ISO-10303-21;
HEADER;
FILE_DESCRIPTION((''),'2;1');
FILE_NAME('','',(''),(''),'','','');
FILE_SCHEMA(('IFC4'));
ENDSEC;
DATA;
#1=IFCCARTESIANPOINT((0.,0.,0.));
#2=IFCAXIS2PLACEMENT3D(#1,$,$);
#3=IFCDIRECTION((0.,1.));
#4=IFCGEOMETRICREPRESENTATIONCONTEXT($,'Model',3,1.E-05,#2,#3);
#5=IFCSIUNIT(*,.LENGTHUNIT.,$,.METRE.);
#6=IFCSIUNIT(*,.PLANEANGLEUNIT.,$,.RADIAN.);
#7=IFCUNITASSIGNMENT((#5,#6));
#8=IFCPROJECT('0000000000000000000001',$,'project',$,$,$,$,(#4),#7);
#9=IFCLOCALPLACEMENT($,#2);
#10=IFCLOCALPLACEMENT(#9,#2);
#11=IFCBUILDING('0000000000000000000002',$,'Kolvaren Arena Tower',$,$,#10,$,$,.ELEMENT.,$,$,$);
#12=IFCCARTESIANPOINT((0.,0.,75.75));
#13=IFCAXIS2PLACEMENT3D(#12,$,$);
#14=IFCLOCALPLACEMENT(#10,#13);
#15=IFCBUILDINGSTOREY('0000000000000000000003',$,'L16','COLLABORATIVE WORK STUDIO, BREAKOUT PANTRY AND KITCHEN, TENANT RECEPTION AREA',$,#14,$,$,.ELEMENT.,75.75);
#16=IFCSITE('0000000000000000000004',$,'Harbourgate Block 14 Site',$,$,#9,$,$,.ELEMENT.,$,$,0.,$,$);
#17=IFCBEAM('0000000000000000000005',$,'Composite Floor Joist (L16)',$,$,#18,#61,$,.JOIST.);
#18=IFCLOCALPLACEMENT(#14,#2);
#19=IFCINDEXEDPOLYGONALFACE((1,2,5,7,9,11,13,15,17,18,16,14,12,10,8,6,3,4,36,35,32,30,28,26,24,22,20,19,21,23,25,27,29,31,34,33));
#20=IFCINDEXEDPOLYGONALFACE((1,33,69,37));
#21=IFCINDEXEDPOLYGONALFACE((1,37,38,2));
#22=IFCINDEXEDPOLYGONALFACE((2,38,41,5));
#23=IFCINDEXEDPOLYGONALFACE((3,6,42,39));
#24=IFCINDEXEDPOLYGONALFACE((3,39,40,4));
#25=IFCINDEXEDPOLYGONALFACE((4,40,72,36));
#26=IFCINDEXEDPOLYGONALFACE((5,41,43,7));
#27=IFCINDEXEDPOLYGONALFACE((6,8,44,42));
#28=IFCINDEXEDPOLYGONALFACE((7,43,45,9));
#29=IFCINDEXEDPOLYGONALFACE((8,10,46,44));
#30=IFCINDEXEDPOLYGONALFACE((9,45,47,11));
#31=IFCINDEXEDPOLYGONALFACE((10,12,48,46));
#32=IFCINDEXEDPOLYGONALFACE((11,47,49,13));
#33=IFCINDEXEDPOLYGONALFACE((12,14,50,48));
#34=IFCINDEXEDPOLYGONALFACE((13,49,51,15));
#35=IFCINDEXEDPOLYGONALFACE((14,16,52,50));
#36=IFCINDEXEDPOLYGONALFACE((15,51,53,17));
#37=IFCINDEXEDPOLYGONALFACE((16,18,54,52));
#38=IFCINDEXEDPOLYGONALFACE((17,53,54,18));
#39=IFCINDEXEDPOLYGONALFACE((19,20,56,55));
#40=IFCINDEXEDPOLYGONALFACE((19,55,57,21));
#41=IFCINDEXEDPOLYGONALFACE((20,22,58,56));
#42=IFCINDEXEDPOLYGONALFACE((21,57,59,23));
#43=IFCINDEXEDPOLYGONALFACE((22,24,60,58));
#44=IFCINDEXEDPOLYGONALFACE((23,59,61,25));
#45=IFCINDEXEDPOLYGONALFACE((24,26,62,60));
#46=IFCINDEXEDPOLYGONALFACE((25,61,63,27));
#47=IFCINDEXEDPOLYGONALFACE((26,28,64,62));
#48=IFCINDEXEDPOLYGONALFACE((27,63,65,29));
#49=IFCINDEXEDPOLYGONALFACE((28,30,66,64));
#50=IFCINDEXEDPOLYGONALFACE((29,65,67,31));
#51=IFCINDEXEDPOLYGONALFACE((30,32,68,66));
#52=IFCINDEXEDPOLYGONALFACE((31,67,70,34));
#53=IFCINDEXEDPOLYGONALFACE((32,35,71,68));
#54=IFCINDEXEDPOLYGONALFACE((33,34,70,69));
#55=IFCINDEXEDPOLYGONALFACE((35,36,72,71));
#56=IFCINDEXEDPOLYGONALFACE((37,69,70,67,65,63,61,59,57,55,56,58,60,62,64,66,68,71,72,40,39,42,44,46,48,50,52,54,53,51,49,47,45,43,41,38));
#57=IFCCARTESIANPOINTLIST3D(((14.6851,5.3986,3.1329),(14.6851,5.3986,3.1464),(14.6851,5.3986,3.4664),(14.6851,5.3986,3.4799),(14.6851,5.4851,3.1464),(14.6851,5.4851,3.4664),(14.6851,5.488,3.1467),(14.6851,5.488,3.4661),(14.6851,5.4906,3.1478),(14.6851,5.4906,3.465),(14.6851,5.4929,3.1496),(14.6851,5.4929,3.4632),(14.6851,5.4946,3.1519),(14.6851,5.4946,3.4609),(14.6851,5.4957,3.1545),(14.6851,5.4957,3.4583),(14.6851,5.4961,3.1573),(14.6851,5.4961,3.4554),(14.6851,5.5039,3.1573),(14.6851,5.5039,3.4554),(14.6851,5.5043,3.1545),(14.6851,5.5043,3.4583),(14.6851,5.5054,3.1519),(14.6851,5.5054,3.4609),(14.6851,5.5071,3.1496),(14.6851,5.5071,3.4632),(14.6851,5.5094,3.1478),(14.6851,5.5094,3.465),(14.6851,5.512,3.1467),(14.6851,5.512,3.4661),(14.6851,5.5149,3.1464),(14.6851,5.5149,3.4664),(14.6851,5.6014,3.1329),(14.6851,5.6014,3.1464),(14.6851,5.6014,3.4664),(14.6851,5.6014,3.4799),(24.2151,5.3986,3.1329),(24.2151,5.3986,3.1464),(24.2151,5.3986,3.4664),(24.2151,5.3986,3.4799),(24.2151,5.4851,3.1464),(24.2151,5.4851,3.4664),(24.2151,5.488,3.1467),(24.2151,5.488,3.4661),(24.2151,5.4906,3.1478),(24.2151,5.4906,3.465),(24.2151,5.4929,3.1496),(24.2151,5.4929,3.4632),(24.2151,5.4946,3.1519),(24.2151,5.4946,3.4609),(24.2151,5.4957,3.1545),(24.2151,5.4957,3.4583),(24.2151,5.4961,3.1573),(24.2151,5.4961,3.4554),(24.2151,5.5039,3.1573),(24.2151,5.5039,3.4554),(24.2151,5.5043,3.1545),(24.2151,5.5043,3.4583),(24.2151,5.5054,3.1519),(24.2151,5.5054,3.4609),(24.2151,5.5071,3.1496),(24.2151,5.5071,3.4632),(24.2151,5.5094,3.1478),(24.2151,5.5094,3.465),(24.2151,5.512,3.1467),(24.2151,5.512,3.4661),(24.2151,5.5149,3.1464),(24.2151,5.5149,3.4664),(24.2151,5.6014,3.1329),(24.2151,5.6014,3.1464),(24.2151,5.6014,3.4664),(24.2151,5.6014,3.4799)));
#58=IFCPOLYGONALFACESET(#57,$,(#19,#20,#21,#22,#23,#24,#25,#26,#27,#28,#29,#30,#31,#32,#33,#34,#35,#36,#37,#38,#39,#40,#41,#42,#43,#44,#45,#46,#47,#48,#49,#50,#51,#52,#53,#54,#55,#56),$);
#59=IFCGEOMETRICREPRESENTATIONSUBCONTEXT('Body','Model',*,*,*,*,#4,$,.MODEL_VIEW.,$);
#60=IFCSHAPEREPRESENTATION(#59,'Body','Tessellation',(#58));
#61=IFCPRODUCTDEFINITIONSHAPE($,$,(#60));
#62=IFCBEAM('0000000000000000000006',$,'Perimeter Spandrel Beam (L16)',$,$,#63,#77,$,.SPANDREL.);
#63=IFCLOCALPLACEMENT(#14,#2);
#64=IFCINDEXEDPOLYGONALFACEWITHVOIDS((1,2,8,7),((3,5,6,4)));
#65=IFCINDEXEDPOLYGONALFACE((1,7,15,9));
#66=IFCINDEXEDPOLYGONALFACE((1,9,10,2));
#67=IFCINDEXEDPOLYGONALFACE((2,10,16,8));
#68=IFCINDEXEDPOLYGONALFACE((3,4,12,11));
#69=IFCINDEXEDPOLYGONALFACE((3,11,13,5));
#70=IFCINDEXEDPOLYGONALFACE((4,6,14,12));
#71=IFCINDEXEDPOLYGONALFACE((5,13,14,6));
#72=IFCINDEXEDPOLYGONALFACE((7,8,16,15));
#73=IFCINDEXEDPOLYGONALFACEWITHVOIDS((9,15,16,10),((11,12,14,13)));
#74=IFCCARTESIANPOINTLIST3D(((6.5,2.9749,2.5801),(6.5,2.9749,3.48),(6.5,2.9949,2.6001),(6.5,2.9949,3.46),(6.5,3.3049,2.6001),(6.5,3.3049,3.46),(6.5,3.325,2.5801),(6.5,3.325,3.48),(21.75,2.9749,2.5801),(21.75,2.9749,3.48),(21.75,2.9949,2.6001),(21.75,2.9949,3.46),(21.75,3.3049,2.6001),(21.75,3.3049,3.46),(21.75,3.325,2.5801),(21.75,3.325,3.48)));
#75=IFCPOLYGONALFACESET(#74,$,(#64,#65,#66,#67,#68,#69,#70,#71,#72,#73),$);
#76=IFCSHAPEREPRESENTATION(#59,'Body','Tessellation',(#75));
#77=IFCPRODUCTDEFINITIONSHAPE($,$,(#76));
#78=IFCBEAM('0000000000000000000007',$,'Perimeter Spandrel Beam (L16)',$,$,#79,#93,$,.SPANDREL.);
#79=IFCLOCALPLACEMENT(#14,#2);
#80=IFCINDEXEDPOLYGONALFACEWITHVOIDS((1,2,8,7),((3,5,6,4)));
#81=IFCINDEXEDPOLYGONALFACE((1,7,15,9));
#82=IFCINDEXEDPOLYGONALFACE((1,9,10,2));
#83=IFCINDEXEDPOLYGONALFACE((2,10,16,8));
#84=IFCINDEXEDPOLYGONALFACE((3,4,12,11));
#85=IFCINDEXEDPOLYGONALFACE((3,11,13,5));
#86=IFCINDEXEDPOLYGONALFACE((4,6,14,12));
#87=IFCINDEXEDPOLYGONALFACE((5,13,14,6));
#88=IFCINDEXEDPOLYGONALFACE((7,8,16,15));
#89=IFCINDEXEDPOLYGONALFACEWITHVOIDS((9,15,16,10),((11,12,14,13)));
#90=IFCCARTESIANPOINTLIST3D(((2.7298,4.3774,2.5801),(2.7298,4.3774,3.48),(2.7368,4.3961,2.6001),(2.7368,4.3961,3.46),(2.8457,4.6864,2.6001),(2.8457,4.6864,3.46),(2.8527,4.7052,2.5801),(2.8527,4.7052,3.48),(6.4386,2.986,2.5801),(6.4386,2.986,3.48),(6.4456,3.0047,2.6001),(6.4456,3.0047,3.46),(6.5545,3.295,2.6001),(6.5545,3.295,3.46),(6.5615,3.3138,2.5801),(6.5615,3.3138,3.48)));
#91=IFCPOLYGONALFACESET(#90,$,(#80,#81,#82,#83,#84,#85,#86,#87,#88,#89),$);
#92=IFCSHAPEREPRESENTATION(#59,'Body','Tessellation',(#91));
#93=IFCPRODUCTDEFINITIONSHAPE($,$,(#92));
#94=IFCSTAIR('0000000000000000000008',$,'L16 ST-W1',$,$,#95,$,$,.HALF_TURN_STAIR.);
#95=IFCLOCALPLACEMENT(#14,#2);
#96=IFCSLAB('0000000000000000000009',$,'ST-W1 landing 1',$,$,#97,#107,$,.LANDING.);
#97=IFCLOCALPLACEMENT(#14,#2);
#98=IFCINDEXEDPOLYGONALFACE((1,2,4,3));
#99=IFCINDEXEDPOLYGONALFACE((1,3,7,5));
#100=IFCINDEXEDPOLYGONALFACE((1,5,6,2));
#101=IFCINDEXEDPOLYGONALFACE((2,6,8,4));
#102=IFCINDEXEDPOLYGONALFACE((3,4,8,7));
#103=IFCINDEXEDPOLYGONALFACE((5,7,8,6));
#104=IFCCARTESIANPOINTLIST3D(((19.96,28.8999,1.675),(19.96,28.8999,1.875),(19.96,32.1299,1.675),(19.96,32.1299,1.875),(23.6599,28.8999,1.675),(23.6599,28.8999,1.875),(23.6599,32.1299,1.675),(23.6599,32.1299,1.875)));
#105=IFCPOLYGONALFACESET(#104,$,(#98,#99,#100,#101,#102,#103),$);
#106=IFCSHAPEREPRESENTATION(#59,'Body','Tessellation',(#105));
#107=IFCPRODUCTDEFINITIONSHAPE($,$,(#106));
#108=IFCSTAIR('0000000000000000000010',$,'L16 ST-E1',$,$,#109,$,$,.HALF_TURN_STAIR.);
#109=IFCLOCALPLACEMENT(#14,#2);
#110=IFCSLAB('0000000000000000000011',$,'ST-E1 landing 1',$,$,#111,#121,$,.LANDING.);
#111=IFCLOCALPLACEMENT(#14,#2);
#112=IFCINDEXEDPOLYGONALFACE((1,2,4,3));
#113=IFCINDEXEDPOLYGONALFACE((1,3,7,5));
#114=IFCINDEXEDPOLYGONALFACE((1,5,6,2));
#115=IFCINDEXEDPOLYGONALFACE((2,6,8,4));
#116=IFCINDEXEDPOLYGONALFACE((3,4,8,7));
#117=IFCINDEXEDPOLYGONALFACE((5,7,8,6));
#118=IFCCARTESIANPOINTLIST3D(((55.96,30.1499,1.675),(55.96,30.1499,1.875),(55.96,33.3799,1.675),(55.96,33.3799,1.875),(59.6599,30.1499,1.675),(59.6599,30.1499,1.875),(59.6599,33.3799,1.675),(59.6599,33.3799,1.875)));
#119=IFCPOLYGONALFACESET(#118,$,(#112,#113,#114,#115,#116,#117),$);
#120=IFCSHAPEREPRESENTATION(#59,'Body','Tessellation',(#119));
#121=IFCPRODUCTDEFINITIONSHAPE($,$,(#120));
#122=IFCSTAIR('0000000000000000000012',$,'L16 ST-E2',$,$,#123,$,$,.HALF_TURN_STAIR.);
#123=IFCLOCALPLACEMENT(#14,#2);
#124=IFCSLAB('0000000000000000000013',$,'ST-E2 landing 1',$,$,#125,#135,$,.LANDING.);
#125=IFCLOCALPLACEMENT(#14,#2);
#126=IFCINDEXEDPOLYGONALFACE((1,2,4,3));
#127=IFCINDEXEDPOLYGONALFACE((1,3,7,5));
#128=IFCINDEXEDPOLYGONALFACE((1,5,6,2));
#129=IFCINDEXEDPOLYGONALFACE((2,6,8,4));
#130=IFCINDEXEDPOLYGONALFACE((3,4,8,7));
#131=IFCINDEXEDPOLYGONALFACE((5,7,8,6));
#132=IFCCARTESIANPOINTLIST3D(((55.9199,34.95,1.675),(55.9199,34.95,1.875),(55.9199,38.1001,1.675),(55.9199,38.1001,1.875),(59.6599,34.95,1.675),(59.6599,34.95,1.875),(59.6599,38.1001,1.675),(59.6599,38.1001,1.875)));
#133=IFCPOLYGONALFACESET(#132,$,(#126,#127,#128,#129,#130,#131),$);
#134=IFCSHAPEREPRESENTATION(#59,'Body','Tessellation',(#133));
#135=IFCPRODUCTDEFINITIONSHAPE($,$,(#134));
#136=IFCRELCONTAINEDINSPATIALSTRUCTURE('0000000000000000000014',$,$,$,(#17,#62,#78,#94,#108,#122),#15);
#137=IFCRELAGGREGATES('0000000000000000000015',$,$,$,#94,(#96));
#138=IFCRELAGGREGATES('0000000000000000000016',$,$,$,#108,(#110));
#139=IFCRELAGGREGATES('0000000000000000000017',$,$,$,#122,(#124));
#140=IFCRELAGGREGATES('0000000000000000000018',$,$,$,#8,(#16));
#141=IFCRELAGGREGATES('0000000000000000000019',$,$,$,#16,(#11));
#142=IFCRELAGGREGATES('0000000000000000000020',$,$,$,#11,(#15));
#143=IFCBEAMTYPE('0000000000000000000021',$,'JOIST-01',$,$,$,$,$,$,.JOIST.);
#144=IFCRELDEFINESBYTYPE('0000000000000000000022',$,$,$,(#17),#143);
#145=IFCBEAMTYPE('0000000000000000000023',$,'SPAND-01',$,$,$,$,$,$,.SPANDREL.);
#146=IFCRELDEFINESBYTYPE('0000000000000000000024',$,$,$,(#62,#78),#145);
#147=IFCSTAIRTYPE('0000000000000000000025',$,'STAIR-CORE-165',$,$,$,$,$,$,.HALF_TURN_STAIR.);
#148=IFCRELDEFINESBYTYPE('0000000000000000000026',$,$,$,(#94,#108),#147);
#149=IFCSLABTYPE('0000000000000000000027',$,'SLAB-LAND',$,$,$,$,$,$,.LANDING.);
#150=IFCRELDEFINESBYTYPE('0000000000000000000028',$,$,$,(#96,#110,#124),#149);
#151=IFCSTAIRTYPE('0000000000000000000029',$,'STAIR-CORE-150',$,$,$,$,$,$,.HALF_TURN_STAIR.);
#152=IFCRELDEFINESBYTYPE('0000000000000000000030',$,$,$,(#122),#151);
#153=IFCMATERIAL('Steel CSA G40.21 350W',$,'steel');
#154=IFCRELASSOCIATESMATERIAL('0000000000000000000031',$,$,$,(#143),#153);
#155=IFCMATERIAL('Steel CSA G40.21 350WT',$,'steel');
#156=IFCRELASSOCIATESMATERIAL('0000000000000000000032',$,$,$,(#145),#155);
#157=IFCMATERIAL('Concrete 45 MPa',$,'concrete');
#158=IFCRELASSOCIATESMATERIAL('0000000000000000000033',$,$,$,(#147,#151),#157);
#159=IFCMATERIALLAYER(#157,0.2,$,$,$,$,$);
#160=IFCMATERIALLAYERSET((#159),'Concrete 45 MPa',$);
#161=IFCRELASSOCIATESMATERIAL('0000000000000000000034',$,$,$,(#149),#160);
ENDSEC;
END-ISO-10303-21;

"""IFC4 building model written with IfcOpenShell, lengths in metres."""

from ifc_helpers import new_model, si_unit, direction, frame, origin, origin_2d, place, context, subcontext, project, spatial, polyline, hollow_rectangle, i_section, outline, extrude, material, layer, layer_set, material_profile, profile_set, type_object, element, aggregate, save


model = new_model("IFC4")

# Units and contexts
model_context = context("Model", 3, precision=1e-05, world=origin(), true_north=direction((0.0, 1.0)))
body_context = subcontext(model_context, "Body", "Model", "MODEL_VIEW")
ifc_project = project(units=[si_unit("LENGTHUNIT", "METRE"), si_unit("PLANEANGLEUNIT", "RADIAN")], contexts=[model_context])

# Site, building, storey
site_placement = place(None, origin())
site = spatial("IfcSite", under=ifc_project, at=site_placement, Name="Harbourgate Block 14 Site", CompositionType="ELEMENT", RefElevation=0.0)
building_placement = place(site_placement, origin())
building = spatial("IfcBuilding", under=site, at=building_placement, Name="Kolvaren Arena Tower", CompositionType="ELEMENT")
storey_placement = place(building_placement, frame((0.0, 0.0, 75.75)))
storey = spatial("IfcBuildingStorey", under=building, at=storey_placement, Name="L16", Description="COLLABORATIVE WORK STUDIO, BREAKOUT PANTRY AND KITCHEN, TENANT RECEPTION AREA", CompositionType="ELEMENT", Elevation=75.75)

# Beams
ifc_material_1 = material(Name="Steel CSA G40.21 350W", Category="steel")
ifc_material_profile_1 = material_profile(ifc_material_1, i_section(OverallWidth=0.2029, OverallDepth=0.3469, WebThickness=0.0078, FlangeThickness=0.0134, FilletRadius=0.011, at=origin_2d()), Name="W360x64")
ifc_profile_set_1 = profile_set([ifc_material_profile_1], Name="Steel CSA G40.21 350W")
beam_type_1 = type_object("IfcBeamType", Name="JOIST-01", PredefinedType="JOIST", material=ifc_profile_set_1)
beam_1_placement = place(storey_placement, frame((14.6851, 5.5, 3.3064), z_axis=(1.0, 0.0, 0.0), x_axis=(0.0, 1.0, 0.0)))
element("IfcBeam", 1, at=beam_1_placement, inside=storey, type_object=beam_type_1, Name="Composite Floor Joist (L16)", PredefinedType="JOIST", context=body_context, shape_type="SweptSolid", body=[
    extrude(i_section(OverallWidth=0.2029, OverallDepth=0.3469, WebThickness=0.0078, FlangeThickness=0.0134, FilletRadius=0.011, at=origin_2d()), origin(), (0.0, 0.0, 1.0), 9.53),
])
ifc_material_2 = material(Name="Steel CSA G40.21 350WT", Category="steel")
ifc_material_profile_2 = material_profile(ifc_material_2, hollow_rectangle(XDim=0.3501, YDim=0.8999, WallThickness=0.02, at=origin_2d()), Name="HSS 900x350x20")
ifc_profile_set_2 = profile_set([ifc_material_profile_2], Name="Steel CSA G40.21 350WT")
beam_type_2 = type_object("IfcBeamType", Name="SPAND-01", PredefinedType="SPANDREL", material=ifc_profile_set_2)
beam_2_placement = place(storey_placement, frame((6.5, 3.1499, 3.03), z_axis=(1.0, 0.0, 0.0), x_axis=(0.0, 1.0, 0.0)))
element("IfcBeam", 2, at=beam_2_placement, inside=storey, type_object=beam_type_2, Name="Perimeter Spandrel Beam (L16)", PredefinedType="SPANDREL", context=body_context, shape_type="SweptSolid", body=[
    extrude(hollow_rectangle(XDim=0.3501, YDim=0.8999, WallThickness=0.02, at=origin_2d()), origin(), (0.0, 0.0, 1.0), 15.25),
])
beam_3_placement = place(storey_placement, frame((2.7913, 4.5413, 3.03), z_axis=(0.936281, -0.351252, 0.0), x_axis=(0.351252, 0.936281, 0.0)))
element("IfcBeam", 3, at=beam_3_placement, inside=storey, type_object=beam_type_2, Name="Perimeter Spandrel Beam (L16)", PredefinedType="SPANDREL", context=body_context, shape_type="SweptSolid", body=[
    extrude(hollow_rectangle(XDim=0.3501, YDim=0.8999, WallThickness=0.02, at=origin_2d()), origin(), (0.0, 0.0, 1.0), 3.9612),
])

# Stairs, slabs
ifc_material_3 = material(Name="Concrete 45 MPa", Category="concrete")
stair_type_1 = type_object("IfcStairType", Name="STAIR-CORE-165", PredefinedType="HALF_TURN_STAIR", material=ifc_material_3)
stair_1_placement = place(storey_placement, origin())
stair_1 = element("IfcStair", 4, at=stair_1_placement, inside=storey, type_object=stair_type_1, Name="L16 ST-W1", PredefinedType="HALF_TURN_STAIR")
ifc_layer_1 = layer(ifc_material_3, 0.2)
ifc_layer_set_1 = layer_set([ifc_layer_1], Name="Concrete 45 MPa")
slab_type_1 = type_object("IfcSlabType", Name="SLAB-LAND", PredefinedType="LANDING", material=ifc_layer_set_1)
slab_1_placement = place(storey_placement, frame((0.0, 0.0, 1.675)))
slab_1 = element("IfcSlab", 5, at=slab_1_placement, type_object=slab_type_1, Name="ST-W1 landing 1", PredefinedType="LANDING", context=body_context, shape_type="SweptSolid", body=[
    extrude(outline(polyline([(19.96, 28.8999), (23.6599, 28.8999), (23.6599, 32.1299), (19.96, 32.1299), (19.96, 28.8999)])), origin(), (0.0, 0.0, 1.0), 0.2),
])
aggregate(stair_1, [slab_1])
stair_2_placement = place(storey_placement, origin())
stair_2 = element("IfcStair", 6, at=stair_2_placement, inside=storey, type_object=stair_type_1, Name="L16 ST-E1", PredefinedType="HALF_TURN_STAIR")
slab_2_placement = place(storey_placement, frame((0.0, 0.0, 1.675)))
slab_2 = element("IfcSlab", 7, at=slab_2_placement, type_object=slab_type_1, Name="ST-E1 landing 1", PredefinedType="LANDING", context=body_context, shape_type="SweptSolid", body=[
    extrude(outline(polyline([(55.96, 30.1499), (59.6599, 30.1499), (59.6599, 33.3799), (55.96, 33.3799), (55.96, 30.1499)])), origin(), (0.0, 0.0, 1.0), 0.2),
])
aggregate(stair_2, [slab_2])
stair_type_2 = type_object("IfcStairType", Name="STAIR-CORE-150", PredefinedType="HALF_TURN_STAIR", material=ifc_material_3)
stair_3_placement = place(storey_placement, origin())
stair_3 = element("IfcStair", 8, at=stair_3_placement, inside=storey, type_object=stair_type_2, Name="L16 ST-E2", PredefinedType="HALF_TURN_STAIR")
slab_3_placement = place(storey_placement, frame((0.0, 0.0, 1.675)))
slab_3 = element("IfcSlab", 9, at=slab_3_placement, type_object=slab_type_1, Name="ST-E2 landing 1", PredefinedType="LANDING", context=body_context, shape_type="SweptSolid", body=[
    extrude(outline(polyline([(55.9199, 34.95), (59.6599, 34.95), (59.6599, 38.1001), (55.9199, 38.1001), (55.9199, 34.95)])), origin(), (0.0, 0.0, 1.0), 0.2),
])
aggregate(stair_3, [slab_3])

save(model, "model.ifc")
